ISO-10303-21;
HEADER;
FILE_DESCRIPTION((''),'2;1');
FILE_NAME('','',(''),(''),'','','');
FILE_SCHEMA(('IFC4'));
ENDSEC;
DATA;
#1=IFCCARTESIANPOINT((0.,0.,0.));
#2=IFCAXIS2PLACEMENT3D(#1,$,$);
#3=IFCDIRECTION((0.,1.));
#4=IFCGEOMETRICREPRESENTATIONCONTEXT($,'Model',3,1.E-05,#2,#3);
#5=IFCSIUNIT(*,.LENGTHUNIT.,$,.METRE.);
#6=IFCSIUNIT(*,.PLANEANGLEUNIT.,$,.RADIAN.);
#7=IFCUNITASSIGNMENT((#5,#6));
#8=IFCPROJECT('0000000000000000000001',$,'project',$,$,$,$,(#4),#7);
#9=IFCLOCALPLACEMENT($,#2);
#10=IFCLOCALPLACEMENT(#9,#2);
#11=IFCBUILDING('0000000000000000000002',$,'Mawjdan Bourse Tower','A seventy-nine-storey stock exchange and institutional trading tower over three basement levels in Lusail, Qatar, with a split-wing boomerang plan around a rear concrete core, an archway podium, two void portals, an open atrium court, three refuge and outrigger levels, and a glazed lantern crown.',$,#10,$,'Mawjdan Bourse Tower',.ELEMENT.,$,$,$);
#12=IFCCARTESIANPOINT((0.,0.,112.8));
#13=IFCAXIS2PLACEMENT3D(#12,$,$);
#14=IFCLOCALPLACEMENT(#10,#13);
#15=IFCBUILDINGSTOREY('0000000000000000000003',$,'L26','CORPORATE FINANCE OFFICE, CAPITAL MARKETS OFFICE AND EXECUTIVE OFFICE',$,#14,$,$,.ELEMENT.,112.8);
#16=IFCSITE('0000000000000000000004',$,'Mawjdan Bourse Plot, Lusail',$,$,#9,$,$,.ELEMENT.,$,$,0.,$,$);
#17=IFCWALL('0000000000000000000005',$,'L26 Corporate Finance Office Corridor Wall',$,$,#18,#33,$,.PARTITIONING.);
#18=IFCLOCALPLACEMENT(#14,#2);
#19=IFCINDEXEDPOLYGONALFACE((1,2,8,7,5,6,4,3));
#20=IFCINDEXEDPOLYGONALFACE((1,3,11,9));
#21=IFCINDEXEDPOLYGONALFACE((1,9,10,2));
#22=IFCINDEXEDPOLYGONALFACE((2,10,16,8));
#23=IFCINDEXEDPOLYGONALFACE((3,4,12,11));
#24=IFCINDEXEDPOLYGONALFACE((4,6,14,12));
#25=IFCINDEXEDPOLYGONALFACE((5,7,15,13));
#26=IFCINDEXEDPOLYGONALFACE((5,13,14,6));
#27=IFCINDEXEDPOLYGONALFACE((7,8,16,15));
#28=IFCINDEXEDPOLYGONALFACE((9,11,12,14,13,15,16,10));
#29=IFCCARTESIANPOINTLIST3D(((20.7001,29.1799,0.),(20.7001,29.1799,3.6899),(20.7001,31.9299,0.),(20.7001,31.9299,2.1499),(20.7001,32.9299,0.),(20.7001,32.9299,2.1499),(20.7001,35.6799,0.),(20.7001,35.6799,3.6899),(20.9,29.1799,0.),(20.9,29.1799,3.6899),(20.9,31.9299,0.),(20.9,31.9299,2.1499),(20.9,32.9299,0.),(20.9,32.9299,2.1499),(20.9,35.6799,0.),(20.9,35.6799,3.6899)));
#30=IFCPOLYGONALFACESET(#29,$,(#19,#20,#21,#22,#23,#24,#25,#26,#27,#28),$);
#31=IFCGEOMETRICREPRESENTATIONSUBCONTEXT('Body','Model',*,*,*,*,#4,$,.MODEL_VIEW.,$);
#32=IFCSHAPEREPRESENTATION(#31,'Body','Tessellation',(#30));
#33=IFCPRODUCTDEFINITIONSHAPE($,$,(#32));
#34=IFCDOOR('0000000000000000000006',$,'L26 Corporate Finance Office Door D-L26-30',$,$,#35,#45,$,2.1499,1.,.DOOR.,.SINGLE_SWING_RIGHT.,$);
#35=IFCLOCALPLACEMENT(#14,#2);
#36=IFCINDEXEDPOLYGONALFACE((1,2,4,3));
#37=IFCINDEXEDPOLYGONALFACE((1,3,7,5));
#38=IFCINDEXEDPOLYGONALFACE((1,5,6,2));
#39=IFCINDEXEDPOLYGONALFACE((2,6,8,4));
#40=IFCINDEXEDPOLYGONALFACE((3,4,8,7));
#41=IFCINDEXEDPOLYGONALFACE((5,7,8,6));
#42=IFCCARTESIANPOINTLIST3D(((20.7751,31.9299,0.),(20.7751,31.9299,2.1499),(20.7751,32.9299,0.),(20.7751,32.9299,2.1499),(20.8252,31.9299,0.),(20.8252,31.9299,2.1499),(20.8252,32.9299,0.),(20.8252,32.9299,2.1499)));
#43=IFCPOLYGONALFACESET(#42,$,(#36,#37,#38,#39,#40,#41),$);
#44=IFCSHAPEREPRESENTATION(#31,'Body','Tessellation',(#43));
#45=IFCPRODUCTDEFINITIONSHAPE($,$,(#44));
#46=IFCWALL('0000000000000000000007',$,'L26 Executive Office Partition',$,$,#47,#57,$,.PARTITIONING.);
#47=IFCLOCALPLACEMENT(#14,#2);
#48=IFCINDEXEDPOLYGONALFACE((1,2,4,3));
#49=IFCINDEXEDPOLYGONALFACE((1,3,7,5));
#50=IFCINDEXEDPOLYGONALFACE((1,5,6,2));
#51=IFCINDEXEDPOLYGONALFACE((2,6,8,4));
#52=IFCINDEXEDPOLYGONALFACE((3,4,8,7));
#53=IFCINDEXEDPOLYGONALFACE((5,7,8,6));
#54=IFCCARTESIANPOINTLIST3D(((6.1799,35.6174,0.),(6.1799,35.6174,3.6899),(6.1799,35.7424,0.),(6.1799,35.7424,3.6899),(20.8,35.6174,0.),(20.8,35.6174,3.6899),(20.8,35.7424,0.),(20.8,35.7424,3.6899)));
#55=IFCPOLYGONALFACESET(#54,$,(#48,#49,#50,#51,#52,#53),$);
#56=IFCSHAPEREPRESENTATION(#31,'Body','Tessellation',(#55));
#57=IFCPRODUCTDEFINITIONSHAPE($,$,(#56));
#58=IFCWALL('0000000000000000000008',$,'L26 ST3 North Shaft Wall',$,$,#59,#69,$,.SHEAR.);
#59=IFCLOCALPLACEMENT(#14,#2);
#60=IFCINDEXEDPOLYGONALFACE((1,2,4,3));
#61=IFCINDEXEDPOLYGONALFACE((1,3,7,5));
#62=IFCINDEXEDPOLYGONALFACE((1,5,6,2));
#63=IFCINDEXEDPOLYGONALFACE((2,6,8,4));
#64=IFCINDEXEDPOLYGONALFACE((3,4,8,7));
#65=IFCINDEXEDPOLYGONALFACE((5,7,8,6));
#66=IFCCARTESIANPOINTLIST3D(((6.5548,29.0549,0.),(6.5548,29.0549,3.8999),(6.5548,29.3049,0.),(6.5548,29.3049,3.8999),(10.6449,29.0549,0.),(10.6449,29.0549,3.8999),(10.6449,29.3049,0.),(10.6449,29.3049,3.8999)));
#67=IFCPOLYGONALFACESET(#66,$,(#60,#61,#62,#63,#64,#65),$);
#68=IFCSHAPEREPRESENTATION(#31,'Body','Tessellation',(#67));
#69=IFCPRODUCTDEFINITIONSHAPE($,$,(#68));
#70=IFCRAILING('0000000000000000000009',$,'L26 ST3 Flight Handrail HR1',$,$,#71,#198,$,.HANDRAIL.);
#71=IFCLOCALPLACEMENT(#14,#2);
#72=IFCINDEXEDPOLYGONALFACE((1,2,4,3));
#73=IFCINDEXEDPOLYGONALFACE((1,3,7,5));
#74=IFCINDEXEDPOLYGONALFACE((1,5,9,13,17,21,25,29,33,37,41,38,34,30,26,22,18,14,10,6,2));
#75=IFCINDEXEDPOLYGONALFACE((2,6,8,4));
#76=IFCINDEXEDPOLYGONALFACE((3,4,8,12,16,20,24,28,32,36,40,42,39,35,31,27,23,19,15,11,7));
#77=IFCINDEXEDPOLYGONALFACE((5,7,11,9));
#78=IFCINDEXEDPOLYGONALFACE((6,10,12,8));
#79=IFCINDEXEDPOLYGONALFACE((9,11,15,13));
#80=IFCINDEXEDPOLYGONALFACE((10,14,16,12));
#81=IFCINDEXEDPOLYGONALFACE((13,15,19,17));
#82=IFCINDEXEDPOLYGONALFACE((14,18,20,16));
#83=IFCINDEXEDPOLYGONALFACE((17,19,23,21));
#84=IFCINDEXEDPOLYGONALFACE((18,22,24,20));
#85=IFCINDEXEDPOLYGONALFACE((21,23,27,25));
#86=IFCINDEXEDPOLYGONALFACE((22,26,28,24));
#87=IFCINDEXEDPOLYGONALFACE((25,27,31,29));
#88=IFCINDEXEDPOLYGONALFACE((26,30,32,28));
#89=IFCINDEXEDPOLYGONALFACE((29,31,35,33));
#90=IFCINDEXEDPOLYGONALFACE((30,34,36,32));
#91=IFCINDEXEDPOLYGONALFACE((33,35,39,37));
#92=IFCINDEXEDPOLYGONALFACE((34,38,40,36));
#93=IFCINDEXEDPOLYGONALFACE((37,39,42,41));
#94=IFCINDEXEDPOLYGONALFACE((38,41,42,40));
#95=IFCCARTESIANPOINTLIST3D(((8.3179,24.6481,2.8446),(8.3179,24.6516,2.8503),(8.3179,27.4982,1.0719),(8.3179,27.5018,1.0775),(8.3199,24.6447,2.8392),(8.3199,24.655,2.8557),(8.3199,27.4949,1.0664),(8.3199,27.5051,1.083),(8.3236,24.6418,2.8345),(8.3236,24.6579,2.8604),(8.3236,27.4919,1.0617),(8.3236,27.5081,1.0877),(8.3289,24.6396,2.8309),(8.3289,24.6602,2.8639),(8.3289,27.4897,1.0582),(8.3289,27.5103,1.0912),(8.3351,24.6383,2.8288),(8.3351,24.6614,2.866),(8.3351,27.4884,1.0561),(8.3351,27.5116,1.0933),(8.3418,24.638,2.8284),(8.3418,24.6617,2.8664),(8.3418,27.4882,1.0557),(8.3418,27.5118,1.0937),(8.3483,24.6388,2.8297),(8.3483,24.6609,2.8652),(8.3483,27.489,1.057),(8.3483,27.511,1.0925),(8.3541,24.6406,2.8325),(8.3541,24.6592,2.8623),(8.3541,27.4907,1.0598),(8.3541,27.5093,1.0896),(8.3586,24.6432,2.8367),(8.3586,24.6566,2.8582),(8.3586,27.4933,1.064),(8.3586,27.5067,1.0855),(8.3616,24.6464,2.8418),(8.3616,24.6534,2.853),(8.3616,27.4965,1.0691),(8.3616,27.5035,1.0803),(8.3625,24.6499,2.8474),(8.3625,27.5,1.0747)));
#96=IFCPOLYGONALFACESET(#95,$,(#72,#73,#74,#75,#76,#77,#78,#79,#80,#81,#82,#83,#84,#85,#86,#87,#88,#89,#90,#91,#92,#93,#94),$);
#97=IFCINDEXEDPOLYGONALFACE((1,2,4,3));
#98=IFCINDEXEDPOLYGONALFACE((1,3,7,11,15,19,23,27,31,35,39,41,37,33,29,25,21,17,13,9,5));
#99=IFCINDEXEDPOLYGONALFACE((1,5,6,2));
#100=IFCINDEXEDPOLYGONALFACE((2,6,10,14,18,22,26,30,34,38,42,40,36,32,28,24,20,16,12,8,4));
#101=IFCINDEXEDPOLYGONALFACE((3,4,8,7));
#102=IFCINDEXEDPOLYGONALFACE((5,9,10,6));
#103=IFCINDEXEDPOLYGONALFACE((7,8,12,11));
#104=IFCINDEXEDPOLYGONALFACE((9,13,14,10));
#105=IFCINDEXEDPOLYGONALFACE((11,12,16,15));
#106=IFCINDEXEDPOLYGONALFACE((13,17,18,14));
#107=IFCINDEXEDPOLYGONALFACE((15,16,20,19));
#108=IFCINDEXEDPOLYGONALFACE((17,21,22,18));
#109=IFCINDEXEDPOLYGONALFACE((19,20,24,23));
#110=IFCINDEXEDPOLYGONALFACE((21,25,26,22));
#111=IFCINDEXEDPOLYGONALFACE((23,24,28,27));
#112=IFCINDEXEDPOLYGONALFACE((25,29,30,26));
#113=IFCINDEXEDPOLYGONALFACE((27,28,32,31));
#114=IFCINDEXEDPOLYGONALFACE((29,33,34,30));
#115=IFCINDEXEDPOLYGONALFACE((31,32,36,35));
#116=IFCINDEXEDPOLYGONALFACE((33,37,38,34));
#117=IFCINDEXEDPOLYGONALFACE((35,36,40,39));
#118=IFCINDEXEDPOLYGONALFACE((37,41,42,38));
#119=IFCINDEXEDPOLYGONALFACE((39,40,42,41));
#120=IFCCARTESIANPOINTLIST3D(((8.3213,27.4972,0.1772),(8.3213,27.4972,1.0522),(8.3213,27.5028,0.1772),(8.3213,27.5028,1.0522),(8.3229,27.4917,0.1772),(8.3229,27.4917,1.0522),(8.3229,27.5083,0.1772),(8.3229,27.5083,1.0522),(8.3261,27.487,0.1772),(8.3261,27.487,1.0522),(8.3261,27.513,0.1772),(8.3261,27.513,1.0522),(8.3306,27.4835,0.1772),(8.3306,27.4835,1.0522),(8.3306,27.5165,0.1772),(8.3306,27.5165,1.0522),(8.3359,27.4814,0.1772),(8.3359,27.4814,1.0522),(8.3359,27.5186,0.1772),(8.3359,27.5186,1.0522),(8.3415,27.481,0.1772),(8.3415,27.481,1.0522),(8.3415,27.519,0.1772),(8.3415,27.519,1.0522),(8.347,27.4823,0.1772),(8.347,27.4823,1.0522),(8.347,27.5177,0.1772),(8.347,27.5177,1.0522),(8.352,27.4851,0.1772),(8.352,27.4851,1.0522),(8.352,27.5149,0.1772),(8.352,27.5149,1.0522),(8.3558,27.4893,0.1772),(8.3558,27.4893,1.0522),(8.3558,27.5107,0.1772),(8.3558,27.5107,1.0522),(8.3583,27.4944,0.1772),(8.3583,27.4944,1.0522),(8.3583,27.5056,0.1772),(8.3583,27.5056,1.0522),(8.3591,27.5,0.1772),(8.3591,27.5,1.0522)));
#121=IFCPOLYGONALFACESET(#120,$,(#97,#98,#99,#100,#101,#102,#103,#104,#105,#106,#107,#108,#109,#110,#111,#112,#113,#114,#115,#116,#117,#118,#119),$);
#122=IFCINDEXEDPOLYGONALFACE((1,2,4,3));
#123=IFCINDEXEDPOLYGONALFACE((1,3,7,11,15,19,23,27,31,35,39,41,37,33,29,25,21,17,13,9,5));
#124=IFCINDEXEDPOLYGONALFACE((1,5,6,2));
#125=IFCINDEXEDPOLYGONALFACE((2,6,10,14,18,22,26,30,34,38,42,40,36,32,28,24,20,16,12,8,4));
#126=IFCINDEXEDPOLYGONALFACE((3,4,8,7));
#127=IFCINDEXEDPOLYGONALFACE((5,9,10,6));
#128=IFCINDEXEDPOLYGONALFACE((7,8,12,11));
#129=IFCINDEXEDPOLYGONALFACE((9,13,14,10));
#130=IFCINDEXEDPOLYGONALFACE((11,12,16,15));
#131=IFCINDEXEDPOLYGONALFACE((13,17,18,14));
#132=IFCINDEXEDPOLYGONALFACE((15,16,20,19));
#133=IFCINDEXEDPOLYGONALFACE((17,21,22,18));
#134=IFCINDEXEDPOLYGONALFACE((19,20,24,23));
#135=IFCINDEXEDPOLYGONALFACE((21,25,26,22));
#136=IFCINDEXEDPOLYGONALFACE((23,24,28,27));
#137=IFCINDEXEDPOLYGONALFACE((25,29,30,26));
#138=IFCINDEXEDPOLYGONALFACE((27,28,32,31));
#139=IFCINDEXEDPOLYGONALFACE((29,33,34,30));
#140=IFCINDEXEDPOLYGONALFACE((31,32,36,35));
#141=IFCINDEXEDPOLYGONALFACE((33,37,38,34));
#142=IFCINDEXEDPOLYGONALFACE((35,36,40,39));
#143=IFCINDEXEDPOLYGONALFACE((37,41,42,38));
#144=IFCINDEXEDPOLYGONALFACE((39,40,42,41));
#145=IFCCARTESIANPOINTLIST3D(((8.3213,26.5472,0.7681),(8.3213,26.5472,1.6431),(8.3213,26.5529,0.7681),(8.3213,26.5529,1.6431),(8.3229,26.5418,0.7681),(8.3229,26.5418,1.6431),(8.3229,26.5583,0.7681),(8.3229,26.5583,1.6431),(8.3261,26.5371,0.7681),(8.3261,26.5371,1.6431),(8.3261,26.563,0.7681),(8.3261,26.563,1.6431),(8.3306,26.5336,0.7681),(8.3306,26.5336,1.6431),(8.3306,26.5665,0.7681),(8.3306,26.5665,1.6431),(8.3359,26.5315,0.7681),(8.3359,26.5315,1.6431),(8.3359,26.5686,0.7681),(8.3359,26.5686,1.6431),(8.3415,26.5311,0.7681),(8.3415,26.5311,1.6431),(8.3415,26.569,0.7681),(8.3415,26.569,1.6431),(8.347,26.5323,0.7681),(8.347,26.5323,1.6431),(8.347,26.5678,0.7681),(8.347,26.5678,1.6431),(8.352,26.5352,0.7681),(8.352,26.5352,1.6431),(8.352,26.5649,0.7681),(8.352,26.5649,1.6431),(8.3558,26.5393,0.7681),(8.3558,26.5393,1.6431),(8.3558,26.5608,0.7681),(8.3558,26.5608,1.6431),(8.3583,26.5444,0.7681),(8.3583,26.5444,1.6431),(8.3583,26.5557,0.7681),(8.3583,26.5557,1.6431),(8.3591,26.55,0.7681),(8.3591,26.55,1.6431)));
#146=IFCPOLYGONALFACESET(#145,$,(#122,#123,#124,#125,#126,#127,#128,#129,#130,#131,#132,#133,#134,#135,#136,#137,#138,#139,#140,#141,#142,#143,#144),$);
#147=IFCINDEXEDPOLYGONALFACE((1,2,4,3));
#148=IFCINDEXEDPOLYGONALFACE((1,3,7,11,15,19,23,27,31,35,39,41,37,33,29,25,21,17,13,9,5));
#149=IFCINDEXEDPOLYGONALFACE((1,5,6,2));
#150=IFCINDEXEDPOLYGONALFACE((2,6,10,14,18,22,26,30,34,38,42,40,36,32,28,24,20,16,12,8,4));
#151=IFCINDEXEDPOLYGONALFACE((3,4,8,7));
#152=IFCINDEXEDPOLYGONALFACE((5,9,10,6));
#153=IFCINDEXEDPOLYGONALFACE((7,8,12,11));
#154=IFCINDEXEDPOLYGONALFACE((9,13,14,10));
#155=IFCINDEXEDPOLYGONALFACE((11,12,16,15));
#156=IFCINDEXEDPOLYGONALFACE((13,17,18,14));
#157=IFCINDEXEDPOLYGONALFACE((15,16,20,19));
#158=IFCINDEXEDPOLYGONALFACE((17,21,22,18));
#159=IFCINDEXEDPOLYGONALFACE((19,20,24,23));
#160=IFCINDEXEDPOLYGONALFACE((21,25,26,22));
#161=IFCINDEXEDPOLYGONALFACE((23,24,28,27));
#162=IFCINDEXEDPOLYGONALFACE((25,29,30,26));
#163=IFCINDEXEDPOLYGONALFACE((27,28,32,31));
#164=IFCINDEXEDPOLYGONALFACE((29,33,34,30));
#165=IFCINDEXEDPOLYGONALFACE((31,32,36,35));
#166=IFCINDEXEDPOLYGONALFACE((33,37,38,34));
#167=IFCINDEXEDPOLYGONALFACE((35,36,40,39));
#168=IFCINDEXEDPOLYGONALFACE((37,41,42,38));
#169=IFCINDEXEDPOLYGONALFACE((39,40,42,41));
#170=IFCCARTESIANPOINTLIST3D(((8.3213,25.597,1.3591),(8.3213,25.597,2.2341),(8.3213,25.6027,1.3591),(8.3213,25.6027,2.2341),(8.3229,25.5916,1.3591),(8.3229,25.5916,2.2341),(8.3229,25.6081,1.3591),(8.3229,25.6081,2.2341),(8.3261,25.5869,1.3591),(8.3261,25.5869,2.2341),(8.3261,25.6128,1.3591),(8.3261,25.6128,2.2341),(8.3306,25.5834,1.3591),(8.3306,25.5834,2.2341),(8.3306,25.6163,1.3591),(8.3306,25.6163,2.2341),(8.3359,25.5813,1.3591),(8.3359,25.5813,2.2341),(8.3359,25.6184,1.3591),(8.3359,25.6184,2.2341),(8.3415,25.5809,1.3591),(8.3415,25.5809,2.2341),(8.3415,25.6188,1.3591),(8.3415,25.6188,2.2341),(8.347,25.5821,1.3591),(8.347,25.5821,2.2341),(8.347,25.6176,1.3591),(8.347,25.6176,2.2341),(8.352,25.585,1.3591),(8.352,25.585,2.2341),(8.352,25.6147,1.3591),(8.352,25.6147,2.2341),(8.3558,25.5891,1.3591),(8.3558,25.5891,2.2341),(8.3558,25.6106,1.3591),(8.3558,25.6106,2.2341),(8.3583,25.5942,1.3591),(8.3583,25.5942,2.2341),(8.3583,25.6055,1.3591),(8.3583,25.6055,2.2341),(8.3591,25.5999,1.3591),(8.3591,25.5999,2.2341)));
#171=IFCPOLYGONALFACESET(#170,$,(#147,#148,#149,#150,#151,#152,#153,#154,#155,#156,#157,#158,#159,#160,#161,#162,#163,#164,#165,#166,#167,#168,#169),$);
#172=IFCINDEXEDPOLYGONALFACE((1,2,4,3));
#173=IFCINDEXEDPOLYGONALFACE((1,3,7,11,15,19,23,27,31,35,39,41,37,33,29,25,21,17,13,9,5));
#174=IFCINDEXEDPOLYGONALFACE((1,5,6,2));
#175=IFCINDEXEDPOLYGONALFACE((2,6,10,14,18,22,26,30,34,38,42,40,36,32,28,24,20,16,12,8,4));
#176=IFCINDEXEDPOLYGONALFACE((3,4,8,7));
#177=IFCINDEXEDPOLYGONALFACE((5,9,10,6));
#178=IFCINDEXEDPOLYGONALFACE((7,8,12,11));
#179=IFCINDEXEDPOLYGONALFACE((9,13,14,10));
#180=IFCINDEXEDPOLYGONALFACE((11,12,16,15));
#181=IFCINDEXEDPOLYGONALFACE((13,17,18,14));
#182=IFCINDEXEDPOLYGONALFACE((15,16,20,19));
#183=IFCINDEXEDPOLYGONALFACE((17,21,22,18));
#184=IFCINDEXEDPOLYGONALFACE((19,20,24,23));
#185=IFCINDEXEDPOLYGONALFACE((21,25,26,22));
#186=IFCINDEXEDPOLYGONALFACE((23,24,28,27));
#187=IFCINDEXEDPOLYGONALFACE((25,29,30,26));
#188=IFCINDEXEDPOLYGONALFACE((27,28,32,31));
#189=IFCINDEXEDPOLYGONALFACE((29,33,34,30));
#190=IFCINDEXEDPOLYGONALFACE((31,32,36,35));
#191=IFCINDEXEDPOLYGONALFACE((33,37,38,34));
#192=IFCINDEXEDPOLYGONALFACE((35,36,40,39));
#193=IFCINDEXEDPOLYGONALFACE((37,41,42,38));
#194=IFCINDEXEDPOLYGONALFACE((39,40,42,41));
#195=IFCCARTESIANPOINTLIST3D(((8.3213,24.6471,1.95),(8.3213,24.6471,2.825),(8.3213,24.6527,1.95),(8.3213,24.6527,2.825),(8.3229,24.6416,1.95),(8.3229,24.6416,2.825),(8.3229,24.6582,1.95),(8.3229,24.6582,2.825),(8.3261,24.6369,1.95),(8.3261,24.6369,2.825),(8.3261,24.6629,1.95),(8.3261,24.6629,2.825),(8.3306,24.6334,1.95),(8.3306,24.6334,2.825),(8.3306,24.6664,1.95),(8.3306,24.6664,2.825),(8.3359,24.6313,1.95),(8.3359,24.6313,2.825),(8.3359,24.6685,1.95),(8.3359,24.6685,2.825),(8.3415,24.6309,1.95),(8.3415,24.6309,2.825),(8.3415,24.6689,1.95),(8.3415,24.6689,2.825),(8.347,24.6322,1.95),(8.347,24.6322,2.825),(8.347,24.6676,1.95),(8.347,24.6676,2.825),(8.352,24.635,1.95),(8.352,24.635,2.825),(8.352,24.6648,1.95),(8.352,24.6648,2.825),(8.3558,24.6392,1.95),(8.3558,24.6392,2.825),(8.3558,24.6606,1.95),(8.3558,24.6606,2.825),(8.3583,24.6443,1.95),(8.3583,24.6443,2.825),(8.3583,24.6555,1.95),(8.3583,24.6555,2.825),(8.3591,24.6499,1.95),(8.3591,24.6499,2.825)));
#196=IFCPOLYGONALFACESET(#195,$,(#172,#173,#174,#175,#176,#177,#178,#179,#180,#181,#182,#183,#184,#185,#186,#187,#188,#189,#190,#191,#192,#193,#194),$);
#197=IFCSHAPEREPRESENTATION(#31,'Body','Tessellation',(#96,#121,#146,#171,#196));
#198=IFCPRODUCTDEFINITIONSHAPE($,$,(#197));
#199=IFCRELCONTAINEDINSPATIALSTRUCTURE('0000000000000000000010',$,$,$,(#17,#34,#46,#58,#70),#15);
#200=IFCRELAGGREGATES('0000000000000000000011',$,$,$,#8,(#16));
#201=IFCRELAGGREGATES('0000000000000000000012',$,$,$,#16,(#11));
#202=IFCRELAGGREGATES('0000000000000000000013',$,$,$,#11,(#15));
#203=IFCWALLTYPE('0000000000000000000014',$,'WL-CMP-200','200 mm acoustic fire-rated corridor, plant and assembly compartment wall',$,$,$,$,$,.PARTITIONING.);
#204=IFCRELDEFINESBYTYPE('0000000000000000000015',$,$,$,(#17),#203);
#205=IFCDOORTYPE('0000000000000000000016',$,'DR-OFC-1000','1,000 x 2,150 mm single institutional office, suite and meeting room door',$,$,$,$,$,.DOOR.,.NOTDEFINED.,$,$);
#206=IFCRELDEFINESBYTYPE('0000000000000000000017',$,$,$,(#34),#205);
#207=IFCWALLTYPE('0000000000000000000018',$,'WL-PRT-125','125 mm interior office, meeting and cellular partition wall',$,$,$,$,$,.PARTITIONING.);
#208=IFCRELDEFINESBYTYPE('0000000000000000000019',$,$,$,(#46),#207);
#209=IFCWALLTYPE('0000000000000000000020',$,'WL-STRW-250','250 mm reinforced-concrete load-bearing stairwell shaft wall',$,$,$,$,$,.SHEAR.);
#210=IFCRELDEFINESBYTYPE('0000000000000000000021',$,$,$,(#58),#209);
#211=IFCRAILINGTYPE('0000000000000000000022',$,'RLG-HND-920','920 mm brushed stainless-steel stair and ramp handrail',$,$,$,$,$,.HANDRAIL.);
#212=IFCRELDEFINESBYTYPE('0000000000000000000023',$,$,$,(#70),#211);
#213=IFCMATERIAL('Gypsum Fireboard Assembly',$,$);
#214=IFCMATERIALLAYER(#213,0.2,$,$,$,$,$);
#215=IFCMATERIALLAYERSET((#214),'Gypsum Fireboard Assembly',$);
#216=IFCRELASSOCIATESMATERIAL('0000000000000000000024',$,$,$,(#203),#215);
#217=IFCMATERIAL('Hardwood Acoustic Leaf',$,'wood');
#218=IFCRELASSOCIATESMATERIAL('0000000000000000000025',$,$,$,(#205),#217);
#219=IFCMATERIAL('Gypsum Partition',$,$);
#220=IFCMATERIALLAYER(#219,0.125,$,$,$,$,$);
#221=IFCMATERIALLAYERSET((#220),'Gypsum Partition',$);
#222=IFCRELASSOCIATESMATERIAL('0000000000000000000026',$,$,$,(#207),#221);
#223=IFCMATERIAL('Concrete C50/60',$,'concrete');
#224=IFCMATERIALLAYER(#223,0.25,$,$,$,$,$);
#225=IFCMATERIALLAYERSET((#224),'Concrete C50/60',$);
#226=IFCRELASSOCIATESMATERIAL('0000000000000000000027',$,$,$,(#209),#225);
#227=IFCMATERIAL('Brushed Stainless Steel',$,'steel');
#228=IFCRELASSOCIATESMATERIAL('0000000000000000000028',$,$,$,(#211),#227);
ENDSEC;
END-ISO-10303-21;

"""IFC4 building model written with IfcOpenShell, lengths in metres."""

from ifc_helpers import new_model, si_unit, direction, frame, frame_2d, origin, origin_2d, place, context, subcontext, project, spatial, rectangle, circle, extrude, material, layer, layer_set, type_object, element, fill, save


model = new_model("IFC4")

# Units and contexts
model_context = context("Model", 3, precision=1e-05, world=origin(), true_north=direction((0.0, 1.0)))
body_context = subcontext(model_context, "Body", "Model", "MODEL_VIEW")
ifc_project = project(units=[si_unit("LENGTHUNIT", "METRE"), si_unit("PLANEANGLEUNIT", "RADIAN")], contexts=[model_context])

# Site, building, storey
site_placement = place(None, origin())
site = spatial("IfcSite", under=ifc_project, at=site_placement, Name="Mawjdan Bourse Plot, Lusail", CompositionType="ELEMENT", RefElevation=0.0)
building_placement = place(site_placement, origin())
building = spatial("IfcBuilding", under=site, at=building_placement, Name="Mawjdan Bourse Tower", Description="A seventy-nine-storey stock exchange and institutional trading tower over three basement levels in Lusail, Qatar, with a split-wing boomerang plan around a rear concrete core, an archway podium, two void portals, an open atrium court, three refuge and outrigger levels, and a glazed lantern crown.", LongName="Mawjdan Bourse Tower", CompositionType="ELEMENT")
storey_placement = place(building_placement, frame((0.0, 0.0, 112.8)))
storey = spatial("IfcBuildingStorey", under=building, at=storey_placement, Name="L26", Description="CORPORATE FINANCE OFFICE, CAPITAL MARKETS OFFICE AND EXECUTIVE OFFICE", CompositionType="ELEMENT", Elevation=112.8)

# Shared definitions
ifc_material_1 = material(Name="Gypsum Fireboard Assembly")
ifc_layer_1 = layer(ifc_material_1, 0.2)
ifc_layer_set_1 = layer_set([ifc_layer_1], Name="Gypsum Fireboard Assembly")
wall_type_1 = type_object("IfcWallType", Name="WL-CMP-200", Description="200 mm acoustic fire-rated corridor, plant and assembly compartment wall", PredefinedType="PARTITIONING", material=ifc_layer_set_1)

# Wall, opening, door
wall_1_placement = place(storey_placement, frame((20.8, 29.1799, 0.0), z_axis=(0.0, 0.0, 1.0), x_axis=(0.0, 1.0, 0.0)))
wall_1 = element("IfcWall", 1, at=wall_1_placement, inside=storey, type_object=wall_type_1, Name="L26 Corporate Finance Office Corridor Wall", PredefinedType="PARTITIONING", context=body_context, shape_type="SweptSolid", body=[
    extrude(rectangle(XDim=6.5, YDim=0.2, at=frame_2d((3.25, 0.0))), origin(), (0.0, 0.0, 1.0), 3.6899),
])
opening_1_placement = place(wall_1_placement, frame((2.75, 0.0, 0.0)))
opening_1 = element("IfcOpeningElement", 2, at=opening_1_placement, cuts=wall_1, PredefinedType="OPENING", context=body_context, shape_type="SweptSolid", body=[
    extrude(rectangle(XDim=1.0, YDim=2.1499, at=frame_2d((0.5, 1.075))), frame((0.0, 0.1099, 0.0), z_axis=(0.0, -1.0, 0.0), x_axis=(1.0, 0.0, 0.0)), (0.0, 0.0, 1.0), 0.22),
])
ifc_material_2 = material(Name="Hardwood Acoustic Leaf", Category="wood")
door_type = type_object("IfcDoorType", Name="DR-OFC-1000", Description="1,000 x 2,150 mm single institutional office, suite and meeting room door", OperationType="NOTDEFINED", PredefinedType="DOOR", material=ifc_material_2)
door_1_placement = place(opening_1_placement, origin())
door_1 = element("IfcDoor", 3, at=door_1_placement, inside=storey, type_object=door_type, Name="L26 Corporate Finance Office Door D-L26-30", OperationType="SINGLE_SWING_RIGHT", OverallHeight=2.1499, OverallWidth=1.0, PredefinedType="DOOR", context=body_context, shape_type="SweptSolid", body=[
    extrude(rectangle(XDim=1.0, YDim=2.1499, at=frame_2d((0.5, 1.075))), frame((0.0, 0.0249, 0.0), z_axis=(0.0, -1.0, 0.0), x_axis=(1.0, 0.0, 0.0)), (0.0, 0.0, 1.0), 0.05),
])
fill(opening_1, door_1)

# Walls
ifc_material_3 = material(Name="Gypsum Partition")
ifc_layer_2 = layer(ifc_material_3, 0.125)
ifc_layer_set_2 = layer_set([ifc_layer_2], Name="Gypsum Partition")
wall_type_2 = type_object("IfcWallType", Name="WL-PRT-125", Description="125 mm interior office, meeting and cellular partition wall", PredefinedType="PARTITIONING", material=ifc_layer_set_2)
wall_2_placement = place(storey_placement, frame((6.1799, 35.6799, 0.0), z_axis=(0.0, 0.0, 1.0), x_axis=(1.0, 0.0, 0.0)))
element("IfcWall", 4, at=wall_2_placement, inside=storey, type_object=wall_type_2, Name="L26 Executive Office Partition", PredefinedType="PARTITIONING", context=body_context, shape_type="SweptSolid", body=[
    extrude(rectangle(XDim=14.6201, YDim=0.125, at=frame_2d((7.3101, 0.0))), origin(), (0.0, 0.0, 1.0), 3.6899),
])
ifc_material_4 = material(Name="Concrete C50/60", Category="concrete")
ifc_layer_3 = layer(ifc_material_4, 0.25)
ifc_layer_set_3 = layer_set([ifc_layer_3], Name="Concrete C50/60")
wall_type_3 = type_object("IfcWallType", Name="WL-STRW-250", Description="250 mm reinforced-concrete load-bearing stairwell shaft wall", PredefinedType="SHEAR", material=ifc_layer_set_3)
wall_3_placement = place(storey_placement, frame((6.5549, 29.1799, 0.0), z_axis=(0.0, 0.0, 1.0), x_axis=(1.0, 0.0, 0.0)))
element("IfcWall", 5, at=wall_3_placement, inside=storey, type_object=wall_type_3, Name="L26 ST3 North Shaft Wall", PredefinedType="SHEAR", context=body_context, shape_type="SweptSolid", body=[
    extrude(rectangle(XDim=4.0901, YDim=0.25, at=frame_2d((2.0449, 0.0))), origin(), (0.0, 0.0, 1.0), 3.8999),
])

# Railing
ifc_material_5 = material(Name="Brushed Stainless Steel", Category="steel")
railing_type = type_object("IfcRailingType", Name="RLG-HND-920", Description="920 mm brushed stainless-steel stair and ramp handrail", PredefinedType="HANDRAIL", material=ifc_material_5)
railing_placement = place(storey_placement, frame((8.3401, 27.5, 0.1772)))
element("IfcRailing", 6, at=railing_placement, inside=storey, type_object=railing_type, Name="L26 ST3 Flight Handrail HR1", PredefinedType="HANDRAIL", context=body_context, shape_type="SweptSolid", body=[
    extrude(circle(Radius=0.0225, at=origin_2d()), frame((0.0, 0.0, 0.8975), z_axis=(0.0, -0.849149, 0.528154), x_axis=(1.0, 0.0, 0.0)), (0.0, 0.0, 1.0), 3.3564),
    extrude(circle(Radius=0.019, at=origin_2d()), origin(), (0.0, 0.0, 1.0), 0.875),
    extrude(circle(Radius=0.019, at=origin_2d()), frame((0.0, -0.95, 0.5908)), (0.0, 0.0, 1.0), 0.875),
    extrude(circle(Radius=0.019, at=origin_2d()), frame((0.0, -1.9001, 1.1819)), (0.0, 0.0, 1.0), 0.875),
    extrude(circle(Radius=0.019, at=origin_2d()), frame((0.0, -2.8501, 1.7727)), (0.0, 0.0, 1.0), 0.875),
])

save(model, "model.ifc")
